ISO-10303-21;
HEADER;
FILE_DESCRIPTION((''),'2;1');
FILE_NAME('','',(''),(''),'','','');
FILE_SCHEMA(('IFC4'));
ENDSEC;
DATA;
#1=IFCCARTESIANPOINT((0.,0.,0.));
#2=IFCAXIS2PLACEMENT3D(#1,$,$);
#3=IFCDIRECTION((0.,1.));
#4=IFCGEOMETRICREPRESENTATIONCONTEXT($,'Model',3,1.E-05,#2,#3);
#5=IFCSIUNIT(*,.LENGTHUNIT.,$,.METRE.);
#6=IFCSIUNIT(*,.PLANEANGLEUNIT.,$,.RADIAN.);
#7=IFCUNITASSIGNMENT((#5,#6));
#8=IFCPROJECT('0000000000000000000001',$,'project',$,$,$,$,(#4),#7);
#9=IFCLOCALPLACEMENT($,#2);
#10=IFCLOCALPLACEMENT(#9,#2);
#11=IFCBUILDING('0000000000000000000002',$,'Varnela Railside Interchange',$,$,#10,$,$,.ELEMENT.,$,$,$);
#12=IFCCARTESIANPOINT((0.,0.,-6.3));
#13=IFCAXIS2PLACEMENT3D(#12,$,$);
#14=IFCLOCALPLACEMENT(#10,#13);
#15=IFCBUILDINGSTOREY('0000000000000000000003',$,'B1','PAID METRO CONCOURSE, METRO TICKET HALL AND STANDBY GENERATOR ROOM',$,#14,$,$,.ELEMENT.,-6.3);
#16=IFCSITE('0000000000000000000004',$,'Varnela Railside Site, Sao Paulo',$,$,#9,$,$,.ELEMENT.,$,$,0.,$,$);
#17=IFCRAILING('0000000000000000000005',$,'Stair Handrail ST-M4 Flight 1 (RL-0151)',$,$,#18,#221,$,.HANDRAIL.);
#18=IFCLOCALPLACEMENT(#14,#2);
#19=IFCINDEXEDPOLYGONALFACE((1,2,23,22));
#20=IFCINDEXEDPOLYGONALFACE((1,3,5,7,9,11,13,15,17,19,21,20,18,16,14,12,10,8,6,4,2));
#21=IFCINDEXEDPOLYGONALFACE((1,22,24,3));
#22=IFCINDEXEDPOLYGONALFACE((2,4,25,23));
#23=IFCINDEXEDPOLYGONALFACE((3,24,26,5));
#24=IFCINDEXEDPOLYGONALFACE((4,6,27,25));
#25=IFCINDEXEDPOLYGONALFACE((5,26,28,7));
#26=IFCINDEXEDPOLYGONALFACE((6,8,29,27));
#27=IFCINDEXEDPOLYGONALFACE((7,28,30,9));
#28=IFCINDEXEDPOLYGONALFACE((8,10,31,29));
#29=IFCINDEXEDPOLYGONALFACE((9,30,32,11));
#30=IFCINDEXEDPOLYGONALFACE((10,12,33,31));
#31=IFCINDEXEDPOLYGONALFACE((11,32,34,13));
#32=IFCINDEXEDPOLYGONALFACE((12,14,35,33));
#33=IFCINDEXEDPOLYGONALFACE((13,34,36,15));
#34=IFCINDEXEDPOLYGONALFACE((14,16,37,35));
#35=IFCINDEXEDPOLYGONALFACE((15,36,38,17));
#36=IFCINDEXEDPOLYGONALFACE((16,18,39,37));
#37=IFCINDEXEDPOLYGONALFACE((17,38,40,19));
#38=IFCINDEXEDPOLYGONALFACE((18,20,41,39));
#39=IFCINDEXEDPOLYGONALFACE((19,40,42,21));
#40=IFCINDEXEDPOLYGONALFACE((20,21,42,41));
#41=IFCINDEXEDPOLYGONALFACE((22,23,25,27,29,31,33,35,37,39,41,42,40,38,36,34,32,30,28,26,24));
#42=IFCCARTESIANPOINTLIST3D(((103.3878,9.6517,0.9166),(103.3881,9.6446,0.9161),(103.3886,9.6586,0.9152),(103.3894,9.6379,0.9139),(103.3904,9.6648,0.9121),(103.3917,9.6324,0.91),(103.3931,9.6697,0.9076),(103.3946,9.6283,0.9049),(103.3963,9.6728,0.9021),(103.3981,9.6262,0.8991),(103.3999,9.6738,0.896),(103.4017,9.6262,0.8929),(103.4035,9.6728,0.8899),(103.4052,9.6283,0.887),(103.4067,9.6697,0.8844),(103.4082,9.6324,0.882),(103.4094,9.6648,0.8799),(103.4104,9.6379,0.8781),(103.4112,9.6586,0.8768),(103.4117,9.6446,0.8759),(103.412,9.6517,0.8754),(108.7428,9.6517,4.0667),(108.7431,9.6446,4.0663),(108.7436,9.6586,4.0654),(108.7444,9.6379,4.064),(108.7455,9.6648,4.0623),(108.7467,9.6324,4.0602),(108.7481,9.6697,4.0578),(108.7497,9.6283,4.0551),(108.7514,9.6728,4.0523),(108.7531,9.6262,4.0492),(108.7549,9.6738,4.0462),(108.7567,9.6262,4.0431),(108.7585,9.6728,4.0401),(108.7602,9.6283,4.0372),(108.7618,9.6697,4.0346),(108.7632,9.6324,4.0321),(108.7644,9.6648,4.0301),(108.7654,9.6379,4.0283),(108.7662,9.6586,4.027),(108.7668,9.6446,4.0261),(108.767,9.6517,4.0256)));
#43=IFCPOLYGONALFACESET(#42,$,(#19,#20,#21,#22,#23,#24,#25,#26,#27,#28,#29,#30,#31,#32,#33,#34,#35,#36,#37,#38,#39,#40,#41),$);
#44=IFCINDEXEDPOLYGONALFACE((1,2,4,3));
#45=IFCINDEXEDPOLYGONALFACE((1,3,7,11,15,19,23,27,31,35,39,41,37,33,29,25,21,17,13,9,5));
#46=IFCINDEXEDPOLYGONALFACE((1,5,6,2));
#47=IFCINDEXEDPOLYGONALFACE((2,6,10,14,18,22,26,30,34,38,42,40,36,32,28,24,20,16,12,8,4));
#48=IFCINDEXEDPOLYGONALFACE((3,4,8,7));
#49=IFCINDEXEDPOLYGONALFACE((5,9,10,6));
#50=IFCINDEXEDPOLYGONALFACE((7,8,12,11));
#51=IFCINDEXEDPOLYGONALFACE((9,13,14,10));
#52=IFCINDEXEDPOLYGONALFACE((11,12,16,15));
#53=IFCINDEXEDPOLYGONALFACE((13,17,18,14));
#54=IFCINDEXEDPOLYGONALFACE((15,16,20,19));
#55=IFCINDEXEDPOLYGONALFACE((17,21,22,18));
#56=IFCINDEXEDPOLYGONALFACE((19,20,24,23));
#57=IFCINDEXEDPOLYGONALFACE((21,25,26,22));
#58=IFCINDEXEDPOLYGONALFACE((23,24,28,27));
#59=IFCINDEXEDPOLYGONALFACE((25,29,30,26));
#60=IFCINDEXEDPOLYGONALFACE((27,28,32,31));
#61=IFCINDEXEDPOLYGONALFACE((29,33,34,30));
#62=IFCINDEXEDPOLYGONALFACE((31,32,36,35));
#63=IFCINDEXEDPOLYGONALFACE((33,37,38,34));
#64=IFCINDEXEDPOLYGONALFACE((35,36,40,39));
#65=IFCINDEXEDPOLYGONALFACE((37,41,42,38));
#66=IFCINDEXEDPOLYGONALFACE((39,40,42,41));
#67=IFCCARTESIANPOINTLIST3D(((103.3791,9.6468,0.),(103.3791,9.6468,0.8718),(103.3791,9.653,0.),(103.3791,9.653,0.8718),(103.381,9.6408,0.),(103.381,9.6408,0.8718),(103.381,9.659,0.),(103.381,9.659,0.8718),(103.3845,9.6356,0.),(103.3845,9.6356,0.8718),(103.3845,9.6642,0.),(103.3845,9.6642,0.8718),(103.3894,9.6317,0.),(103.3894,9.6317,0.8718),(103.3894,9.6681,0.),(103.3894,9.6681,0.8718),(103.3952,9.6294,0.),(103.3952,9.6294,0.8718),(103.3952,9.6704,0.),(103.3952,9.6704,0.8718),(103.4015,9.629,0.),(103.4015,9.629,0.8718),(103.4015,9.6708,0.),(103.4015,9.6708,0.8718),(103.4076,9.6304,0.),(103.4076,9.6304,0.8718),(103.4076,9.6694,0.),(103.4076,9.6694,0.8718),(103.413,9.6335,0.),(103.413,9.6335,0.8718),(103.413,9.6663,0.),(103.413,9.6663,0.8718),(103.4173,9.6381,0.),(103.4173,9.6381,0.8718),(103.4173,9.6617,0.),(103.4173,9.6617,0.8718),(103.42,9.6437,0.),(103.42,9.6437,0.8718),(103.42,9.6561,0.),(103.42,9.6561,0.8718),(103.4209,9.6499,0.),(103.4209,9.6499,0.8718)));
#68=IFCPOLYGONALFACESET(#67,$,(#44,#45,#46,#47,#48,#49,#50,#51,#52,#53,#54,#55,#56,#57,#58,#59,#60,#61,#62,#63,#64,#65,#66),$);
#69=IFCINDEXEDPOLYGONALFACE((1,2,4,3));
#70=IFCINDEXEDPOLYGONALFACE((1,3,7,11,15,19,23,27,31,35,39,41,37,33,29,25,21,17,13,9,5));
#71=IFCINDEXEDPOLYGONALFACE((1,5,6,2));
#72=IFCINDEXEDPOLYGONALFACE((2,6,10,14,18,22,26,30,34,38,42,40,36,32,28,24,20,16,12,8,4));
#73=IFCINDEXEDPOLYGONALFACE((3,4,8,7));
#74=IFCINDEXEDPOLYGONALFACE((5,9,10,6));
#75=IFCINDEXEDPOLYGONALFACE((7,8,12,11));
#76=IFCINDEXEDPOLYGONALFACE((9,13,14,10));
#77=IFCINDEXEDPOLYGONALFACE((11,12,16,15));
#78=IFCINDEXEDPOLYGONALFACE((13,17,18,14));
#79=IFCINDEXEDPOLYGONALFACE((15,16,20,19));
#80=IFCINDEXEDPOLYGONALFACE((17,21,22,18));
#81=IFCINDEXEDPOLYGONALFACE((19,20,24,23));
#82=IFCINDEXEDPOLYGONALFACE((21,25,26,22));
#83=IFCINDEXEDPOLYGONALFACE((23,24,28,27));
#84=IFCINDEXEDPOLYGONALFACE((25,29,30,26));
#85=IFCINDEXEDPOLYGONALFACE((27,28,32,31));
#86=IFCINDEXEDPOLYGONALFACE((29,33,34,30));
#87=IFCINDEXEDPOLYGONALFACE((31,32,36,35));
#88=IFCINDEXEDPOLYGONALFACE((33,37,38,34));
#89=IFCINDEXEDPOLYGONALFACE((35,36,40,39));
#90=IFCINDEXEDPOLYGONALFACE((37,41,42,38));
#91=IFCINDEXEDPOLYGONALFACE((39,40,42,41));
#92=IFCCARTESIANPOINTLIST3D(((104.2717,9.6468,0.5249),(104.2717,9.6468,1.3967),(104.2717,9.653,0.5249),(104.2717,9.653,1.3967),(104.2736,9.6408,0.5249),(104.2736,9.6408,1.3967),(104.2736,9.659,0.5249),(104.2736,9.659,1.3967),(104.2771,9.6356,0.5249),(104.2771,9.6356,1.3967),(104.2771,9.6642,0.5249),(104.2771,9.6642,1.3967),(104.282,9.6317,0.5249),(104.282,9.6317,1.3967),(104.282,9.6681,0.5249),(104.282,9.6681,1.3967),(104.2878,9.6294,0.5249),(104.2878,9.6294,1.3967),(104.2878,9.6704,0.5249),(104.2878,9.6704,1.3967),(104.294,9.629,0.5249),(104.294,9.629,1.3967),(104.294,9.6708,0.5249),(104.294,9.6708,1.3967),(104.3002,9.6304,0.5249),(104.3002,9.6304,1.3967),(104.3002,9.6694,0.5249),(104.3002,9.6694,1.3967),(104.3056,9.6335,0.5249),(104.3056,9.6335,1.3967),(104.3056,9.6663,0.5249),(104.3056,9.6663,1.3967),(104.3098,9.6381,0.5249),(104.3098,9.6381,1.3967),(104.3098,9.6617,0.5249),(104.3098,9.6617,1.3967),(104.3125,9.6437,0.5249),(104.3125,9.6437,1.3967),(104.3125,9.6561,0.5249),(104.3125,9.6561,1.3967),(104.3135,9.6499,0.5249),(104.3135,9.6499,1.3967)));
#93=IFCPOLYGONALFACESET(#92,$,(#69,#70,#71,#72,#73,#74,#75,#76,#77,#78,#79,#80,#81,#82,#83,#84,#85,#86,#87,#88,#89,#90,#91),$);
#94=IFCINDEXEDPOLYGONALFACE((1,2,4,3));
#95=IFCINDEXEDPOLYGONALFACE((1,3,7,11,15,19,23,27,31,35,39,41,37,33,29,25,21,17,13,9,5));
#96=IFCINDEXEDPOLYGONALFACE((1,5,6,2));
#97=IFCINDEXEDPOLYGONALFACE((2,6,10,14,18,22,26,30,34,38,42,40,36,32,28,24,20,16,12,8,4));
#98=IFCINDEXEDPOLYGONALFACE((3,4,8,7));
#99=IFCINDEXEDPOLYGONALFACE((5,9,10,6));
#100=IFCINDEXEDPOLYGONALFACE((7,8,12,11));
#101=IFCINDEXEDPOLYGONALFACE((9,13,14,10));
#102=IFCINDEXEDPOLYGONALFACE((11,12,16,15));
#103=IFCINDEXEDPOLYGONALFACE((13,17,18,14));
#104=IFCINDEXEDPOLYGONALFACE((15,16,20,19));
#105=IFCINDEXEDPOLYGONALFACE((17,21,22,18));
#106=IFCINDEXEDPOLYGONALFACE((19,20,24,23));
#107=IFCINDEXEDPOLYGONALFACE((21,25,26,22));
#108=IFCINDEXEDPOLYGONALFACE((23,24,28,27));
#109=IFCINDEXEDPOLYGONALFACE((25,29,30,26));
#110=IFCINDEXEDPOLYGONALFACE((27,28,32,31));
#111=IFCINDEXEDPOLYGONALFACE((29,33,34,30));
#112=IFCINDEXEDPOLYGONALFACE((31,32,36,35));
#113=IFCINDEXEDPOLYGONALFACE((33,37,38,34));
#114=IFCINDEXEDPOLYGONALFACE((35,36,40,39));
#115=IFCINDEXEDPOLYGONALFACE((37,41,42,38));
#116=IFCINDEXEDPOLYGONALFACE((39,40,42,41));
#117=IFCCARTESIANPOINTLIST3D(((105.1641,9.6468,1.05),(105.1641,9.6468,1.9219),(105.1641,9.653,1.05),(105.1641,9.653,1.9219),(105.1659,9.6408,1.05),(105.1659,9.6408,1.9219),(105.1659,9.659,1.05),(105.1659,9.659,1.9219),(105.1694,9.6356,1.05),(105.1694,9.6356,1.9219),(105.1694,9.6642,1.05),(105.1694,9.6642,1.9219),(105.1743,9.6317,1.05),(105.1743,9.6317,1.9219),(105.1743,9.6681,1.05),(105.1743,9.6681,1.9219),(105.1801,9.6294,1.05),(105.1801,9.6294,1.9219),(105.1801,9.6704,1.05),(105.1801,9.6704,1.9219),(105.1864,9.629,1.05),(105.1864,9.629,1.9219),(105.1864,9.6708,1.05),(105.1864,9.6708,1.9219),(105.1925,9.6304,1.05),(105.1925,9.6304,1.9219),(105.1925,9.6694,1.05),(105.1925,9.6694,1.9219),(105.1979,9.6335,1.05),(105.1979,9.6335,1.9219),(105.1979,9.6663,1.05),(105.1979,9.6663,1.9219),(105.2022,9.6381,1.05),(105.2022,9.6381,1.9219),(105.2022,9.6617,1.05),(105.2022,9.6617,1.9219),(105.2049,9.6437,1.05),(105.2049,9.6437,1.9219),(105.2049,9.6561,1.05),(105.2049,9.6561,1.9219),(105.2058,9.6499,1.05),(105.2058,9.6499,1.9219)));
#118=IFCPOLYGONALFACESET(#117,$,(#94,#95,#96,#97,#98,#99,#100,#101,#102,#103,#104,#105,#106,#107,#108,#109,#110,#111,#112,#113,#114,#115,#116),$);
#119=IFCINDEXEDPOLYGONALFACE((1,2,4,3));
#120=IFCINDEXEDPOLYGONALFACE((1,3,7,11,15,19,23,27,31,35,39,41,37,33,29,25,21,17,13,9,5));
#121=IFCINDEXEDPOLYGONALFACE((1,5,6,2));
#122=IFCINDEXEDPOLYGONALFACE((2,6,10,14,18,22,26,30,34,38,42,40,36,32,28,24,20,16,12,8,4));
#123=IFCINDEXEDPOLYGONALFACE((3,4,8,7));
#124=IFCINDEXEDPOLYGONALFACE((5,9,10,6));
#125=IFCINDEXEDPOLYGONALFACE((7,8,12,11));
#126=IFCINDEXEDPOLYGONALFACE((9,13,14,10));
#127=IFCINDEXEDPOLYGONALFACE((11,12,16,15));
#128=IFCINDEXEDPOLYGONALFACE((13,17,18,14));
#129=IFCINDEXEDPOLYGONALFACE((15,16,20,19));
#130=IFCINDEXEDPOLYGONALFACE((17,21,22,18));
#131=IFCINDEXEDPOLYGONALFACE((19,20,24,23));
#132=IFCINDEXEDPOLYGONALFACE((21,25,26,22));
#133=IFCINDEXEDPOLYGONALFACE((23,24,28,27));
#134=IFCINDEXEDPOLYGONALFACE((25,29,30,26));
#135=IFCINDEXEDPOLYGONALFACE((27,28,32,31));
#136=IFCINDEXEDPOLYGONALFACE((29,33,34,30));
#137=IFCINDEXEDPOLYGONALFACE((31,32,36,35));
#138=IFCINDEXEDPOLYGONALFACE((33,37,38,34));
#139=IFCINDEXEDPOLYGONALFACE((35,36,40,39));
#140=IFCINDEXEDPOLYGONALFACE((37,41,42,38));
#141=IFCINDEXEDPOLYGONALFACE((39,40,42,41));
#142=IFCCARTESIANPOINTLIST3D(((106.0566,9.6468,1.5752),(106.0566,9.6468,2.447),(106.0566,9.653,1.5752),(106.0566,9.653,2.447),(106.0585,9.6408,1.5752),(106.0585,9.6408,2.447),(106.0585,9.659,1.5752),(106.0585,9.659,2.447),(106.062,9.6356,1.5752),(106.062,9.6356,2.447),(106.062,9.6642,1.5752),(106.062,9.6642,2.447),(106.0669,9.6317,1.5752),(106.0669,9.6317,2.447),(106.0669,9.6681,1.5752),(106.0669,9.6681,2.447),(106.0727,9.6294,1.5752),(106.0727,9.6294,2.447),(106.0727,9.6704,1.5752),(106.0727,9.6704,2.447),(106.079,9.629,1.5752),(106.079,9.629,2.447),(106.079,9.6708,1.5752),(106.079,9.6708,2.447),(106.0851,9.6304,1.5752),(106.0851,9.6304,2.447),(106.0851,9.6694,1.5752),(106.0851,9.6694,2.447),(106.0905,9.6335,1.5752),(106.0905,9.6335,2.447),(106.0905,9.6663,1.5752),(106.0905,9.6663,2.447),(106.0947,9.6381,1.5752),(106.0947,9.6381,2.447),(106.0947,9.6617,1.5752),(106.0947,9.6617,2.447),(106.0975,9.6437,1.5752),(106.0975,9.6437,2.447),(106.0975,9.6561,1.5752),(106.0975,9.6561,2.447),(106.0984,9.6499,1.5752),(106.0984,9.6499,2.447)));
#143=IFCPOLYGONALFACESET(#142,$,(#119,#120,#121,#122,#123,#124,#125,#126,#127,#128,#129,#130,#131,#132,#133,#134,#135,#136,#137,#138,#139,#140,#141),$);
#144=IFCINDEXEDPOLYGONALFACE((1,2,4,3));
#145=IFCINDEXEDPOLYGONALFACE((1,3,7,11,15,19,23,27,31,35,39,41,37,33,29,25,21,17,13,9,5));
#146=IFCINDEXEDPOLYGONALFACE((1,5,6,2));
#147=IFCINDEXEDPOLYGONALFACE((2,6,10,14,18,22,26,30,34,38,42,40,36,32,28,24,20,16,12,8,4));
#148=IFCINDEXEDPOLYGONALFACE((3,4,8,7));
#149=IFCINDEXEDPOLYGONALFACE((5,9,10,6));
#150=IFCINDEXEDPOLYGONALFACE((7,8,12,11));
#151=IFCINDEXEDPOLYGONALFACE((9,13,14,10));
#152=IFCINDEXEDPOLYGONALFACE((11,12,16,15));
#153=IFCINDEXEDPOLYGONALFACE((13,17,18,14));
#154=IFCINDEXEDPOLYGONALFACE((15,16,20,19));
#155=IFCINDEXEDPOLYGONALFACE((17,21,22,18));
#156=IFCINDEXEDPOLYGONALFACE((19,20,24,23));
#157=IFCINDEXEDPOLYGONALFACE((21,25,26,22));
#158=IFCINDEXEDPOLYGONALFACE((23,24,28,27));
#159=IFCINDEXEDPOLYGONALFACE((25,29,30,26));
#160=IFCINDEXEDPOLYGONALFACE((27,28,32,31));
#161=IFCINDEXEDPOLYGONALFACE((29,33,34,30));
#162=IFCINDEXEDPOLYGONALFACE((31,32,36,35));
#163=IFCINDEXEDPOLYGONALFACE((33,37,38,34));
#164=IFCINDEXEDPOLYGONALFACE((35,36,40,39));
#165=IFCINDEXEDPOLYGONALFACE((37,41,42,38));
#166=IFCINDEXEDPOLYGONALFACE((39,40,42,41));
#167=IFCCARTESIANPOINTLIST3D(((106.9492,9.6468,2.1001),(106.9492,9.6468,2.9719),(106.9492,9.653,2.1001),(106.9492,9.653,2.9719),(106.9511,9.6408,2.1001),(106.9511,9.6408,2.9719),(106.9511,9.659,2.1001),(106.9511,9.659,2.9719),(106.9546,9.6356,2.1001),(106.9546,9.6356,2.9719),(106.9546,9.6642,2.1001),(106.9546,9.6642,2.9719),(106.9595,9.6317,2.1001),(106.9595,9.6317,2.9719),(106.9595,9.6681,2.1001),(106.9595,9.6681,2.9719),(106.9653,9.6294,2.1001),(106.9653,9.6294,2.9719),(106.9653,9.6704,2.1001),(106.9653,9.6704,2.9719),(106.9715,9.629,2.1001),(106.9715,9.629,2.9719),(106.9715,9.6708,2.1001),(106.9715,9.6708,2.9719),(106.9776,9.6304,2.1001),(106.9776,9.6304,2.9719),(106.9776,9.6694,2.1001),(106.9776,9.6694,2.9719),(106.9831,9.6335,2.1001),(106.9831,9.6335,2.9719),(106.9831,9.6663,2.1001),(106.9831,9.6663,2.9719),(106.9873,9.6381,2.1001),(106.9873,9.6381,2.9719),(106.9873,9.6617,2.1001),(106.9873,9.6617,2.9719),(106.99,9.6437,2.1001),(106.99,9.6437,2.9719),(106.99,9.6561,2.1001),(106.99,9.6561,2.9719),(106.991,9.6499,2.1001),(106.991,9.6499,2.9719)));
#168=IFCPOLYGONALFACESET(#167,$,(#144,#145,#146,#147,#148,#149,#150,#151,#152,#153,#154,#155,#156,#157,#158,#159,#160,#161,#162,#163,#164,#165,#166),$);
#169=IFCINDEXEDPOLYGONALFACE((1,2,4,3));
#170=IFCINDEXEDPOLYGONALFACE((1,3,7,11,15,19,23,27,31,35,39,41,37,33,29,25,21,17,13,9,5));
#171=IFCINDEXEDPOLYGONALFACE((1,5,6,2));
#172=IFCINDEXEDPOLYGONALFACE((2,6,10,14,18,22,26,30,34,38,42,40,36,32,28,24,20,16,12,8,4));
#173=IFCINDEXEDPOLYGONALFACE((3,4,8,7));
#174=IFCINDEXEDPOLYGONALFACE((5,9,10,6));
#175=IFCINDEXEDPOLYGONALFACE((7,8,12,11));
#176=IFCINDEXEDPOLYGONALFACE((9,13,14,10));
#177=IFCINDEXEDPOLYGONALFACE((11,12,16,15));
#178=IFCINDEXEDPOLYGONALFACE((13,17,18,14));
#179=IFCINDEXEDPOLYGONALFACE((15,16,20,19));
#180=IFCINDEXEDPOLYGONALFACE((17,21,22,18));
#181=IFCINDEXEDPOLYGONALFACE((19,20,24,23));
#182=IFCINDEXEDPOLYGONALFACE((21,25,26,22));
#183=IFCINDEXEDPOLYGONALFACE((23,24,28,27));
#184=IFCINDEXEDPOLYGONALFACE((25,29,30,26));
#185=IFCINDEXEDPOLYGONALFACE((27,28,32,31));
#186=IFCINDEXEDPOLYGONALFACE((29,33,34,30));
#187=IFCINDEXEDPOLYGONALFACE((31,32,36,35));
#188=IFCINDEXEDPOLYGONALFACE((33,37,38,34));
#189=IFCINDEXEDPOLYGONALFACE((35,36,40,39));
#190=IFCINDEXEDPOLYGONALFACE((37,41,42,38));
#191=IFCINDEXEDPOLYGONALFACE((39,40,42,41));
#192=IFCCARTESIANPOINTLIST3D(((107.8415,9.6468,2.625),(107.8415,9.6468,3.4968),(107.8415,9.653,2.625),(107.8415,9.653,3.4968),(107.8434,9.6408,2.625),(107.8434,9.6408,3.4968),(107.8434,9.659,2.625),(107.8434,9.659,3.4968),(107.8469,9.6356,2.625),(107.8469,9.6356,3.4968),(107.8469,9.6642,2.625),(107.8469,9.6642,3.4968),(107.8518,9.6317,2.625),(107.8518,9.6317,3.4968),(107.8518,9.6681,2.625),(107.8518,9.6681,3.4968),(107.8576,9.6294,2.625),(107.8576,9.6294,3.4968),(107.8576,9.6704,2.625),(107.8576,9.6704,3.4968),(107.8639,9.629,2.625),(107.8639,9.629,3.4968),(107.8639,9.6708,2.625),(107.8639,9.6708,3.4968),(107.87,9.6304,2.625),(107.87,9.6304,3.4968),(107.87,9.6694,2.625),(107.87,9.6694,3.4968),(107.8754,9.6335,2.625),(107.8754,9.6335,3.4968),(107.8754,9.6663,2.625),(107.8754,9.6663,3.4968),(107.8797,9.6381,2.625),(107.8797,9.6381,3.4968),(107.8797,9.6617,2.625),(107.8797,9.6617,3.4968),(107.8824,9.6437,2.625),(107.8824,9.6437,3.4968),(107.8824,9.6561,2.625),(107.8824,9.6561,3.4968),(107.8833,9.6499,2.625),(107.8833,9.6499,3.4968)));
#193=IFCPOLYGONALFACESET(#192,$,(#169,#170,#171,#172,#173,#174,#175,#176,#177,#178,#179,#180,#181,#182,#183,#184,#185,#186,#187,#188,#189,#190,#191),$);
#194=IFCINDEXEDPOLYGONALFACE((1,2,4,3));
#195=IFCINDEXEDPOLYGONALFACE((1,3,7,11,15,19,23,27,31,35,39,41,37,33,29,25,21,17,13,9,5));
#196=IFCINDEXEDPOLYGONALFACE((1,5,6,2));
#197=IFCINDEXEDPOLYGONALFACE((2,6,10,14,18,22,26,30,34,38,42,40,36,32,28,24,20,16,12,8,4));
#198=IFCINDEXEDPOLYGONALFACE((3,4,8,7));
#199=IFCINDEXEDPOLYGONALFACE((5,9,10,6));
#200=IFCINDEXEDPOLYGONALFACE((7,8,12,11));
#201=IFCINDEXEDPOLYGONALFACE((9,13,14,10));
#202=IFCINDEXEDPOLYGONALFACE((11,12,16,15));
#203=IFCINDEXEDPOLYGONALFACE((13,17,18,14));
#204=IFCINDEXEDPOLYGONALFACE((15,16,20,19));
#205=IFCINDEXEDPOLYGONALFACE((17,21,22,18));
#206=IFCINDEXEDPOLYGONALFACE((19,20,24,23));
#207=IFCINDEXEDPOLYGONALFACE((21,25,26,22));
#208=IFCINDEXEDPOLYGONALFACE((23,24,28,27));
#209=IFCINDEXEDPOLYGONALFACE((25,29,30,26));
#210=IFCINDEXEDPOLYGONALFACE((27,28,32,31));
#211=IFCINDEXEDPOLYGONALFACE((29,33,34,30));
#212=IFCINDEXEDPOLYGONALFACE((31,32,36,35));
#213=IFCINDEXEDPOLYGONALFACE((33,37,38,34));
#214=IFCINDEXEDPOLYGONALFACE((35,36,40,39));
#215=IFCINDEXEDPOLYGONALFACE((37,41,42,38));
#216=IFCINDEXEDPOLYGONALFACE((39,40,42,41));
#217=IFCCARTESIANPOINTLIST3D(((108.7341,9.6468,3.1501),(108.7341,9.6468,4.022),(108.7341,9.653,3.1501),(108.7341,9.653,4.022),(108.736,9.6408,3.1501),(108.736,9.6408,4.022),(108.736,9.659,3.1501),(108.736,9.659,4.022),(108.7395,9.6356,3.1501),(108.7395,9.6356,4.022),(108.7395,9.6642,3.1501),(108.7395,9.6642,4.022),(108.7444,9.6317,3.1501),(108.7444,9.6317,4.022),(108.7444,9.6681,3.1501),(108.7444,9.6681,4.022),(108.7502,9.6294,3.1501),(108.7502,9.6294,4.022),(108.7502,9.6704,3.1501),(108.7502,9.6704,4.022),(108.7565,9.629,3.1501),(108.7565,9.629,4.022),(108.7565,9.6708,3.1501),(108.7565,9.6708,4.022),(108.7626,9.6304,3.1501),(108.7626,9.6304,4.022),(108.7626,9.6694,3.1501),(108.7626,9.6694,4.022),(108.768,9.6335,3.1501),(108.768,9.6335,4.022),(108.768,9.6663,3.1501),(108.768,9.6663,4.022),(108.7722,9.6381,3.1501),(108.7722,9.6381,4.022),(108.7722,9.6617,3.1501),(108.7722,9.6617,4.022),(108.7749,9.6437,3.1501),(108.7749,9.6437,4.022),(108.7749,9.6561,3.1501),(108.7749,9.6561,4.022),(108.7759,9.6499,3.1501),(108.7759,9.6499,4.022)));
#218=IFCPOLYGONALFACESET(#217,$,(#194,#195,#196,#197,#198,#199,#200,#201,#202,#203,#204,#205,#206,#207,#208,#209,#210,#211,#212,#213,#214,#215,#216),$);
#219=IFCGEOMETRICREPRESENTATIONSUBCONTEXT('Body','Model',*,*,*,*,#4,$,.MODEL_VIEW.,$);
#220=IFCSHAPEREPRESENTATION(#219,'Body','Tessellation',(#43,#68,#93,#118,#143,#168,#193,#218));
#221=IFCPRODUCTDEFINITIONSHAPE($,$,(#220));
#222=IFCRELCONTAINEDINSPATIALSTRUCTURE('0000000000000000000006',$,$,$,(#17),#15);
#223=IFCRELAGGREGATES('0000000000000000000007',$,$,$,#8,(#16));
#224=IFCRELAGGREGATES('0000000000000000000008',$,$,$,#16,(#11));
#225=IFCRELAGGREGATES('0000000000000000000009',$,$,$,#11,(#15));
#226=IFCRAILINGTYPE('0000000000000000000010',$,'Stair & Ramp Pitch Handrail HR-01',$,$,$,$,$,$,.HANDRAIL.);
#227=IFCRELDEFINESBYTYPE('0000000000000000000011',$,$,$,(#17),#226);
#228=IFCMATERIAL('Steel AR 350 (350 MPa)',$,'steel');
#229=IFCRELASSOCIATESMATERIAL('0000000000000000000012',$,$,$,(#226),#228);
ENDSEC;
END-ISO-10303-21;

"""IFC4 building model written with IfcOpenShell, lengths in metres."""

from ifc_helpers import new_model, si_unit, direction, frame, origin, origin_2d, place, context, subcontext, project, spatial, circle, extrude, material, type_object, element, save


model = new_model("IFC4")

# Units and contexts
model_context = context("Model", 3, precision=1e-05, world=origin(), true_north=direction((0.0, 1.0)))
body_context = subcontext(model_context, "Body", "Model", "MODEL_VIEW")
ifc_project = project(units=[si_unit("LENGTHUNIT", "METRE"), si_unit("PLANEANGLEUNIT", "RADIAN")], contexts=[model_context])

# Site, building, storey
site_placement = place(None, origin())
site = spatial("IfcSite", under=ifc_project, at=site_placement, Name="Varnela Railside Site, Sao Paulo", CompositionType="ELEMENT", RefElevation=0.0)
building_placement = place(site_placement, origin())
building = spatial("IfcBuilding", under=site, at=building_placement, Name="Varnela Railside Interchange", CompositionType="ELEMENT")
storey_placement = place(building_placement, frame((0.0, 0.0, -6.3)))
storey = spatial("IfcBuildingStorey", under=building, at=storey_placement, Name="B1", Description="PAID METRO CONCOURSE, METRO TICKET HALL AND STANDBY GENERATOR ROOM", CompositionType="ELEMENT", Elevation=-6.3)

# Shared definitions
ifc_material_1 = material(Name="Steel AR 350 (350 MPa)", Category="steel")

# Railing
railing_type_1 = type_object("IfcRailingType", Name="Stair & Ramp Pitch Handrail HR-01", PredefinedType="HANDRAIL", material=ifc_material_1)
railing_1_placement = place(storey_placement, frame((103.3999, 9.6499, 0.0)))
element("IfcRailing", 1, at=railing_1_placement, inside=storey, type_object=railing_type_1, Name="Stair Handrail ST-M4 Flight 1 (RL-0151)", PredefinedType="HANDRAIL", context=body_context, shape_type="SweptSolid", body=[
    extrude(circle(Radius=0.0239, at=origin_2d()), frame((0.0, 0.0, 0.896), z_axis=(0.861923, 0.0, 0.507039), x_axis=(0.0, 1.0, 0.0)), (0.0, 0.0, 1.0), 6.2129),
    extrude(circle(Radius=0.021, at=origin_2d()), origin(), (0.0, 0.0, 1.0), 0.8718),
    extrude(circle(Radius=0.021, at=origin_2d()), frame((0.8926, 0.0, 0.5249)), (0.0, 0.0, 1.0), 0.8718),
    extrude(circle(Radius=0.021, at=origin_2d()), frame((1.7849, 0.0, 1.05)), (0.0, 0.0, 1.0), 0.8718),
    extrude(circle(Radius=0.021, at=origin_2d()), frame((2.6775, 0.0, 1.5752)), (0.0, 0.0, 1.0), 0.8718),
    extrude(circle(Radius=0.021, at=origin_2d()), frame((3.5701, 0.0, 2.1001)), (0.0, 0.0, 1.0), 0.8718),
    extrude(circle(Radius=0.021, at=origin_2d()), frame((4.4624, 0.0, 2.625)), (0.0, 0.0, 1.0), 0.8718),
    extrude(circle(Radius=0.021, at=origin_2d()), frame((5.355, 0.0, 3.1501)), (0.0, 0.0, 1.0), 0.8718),
])

save(model, "model.ifc")
